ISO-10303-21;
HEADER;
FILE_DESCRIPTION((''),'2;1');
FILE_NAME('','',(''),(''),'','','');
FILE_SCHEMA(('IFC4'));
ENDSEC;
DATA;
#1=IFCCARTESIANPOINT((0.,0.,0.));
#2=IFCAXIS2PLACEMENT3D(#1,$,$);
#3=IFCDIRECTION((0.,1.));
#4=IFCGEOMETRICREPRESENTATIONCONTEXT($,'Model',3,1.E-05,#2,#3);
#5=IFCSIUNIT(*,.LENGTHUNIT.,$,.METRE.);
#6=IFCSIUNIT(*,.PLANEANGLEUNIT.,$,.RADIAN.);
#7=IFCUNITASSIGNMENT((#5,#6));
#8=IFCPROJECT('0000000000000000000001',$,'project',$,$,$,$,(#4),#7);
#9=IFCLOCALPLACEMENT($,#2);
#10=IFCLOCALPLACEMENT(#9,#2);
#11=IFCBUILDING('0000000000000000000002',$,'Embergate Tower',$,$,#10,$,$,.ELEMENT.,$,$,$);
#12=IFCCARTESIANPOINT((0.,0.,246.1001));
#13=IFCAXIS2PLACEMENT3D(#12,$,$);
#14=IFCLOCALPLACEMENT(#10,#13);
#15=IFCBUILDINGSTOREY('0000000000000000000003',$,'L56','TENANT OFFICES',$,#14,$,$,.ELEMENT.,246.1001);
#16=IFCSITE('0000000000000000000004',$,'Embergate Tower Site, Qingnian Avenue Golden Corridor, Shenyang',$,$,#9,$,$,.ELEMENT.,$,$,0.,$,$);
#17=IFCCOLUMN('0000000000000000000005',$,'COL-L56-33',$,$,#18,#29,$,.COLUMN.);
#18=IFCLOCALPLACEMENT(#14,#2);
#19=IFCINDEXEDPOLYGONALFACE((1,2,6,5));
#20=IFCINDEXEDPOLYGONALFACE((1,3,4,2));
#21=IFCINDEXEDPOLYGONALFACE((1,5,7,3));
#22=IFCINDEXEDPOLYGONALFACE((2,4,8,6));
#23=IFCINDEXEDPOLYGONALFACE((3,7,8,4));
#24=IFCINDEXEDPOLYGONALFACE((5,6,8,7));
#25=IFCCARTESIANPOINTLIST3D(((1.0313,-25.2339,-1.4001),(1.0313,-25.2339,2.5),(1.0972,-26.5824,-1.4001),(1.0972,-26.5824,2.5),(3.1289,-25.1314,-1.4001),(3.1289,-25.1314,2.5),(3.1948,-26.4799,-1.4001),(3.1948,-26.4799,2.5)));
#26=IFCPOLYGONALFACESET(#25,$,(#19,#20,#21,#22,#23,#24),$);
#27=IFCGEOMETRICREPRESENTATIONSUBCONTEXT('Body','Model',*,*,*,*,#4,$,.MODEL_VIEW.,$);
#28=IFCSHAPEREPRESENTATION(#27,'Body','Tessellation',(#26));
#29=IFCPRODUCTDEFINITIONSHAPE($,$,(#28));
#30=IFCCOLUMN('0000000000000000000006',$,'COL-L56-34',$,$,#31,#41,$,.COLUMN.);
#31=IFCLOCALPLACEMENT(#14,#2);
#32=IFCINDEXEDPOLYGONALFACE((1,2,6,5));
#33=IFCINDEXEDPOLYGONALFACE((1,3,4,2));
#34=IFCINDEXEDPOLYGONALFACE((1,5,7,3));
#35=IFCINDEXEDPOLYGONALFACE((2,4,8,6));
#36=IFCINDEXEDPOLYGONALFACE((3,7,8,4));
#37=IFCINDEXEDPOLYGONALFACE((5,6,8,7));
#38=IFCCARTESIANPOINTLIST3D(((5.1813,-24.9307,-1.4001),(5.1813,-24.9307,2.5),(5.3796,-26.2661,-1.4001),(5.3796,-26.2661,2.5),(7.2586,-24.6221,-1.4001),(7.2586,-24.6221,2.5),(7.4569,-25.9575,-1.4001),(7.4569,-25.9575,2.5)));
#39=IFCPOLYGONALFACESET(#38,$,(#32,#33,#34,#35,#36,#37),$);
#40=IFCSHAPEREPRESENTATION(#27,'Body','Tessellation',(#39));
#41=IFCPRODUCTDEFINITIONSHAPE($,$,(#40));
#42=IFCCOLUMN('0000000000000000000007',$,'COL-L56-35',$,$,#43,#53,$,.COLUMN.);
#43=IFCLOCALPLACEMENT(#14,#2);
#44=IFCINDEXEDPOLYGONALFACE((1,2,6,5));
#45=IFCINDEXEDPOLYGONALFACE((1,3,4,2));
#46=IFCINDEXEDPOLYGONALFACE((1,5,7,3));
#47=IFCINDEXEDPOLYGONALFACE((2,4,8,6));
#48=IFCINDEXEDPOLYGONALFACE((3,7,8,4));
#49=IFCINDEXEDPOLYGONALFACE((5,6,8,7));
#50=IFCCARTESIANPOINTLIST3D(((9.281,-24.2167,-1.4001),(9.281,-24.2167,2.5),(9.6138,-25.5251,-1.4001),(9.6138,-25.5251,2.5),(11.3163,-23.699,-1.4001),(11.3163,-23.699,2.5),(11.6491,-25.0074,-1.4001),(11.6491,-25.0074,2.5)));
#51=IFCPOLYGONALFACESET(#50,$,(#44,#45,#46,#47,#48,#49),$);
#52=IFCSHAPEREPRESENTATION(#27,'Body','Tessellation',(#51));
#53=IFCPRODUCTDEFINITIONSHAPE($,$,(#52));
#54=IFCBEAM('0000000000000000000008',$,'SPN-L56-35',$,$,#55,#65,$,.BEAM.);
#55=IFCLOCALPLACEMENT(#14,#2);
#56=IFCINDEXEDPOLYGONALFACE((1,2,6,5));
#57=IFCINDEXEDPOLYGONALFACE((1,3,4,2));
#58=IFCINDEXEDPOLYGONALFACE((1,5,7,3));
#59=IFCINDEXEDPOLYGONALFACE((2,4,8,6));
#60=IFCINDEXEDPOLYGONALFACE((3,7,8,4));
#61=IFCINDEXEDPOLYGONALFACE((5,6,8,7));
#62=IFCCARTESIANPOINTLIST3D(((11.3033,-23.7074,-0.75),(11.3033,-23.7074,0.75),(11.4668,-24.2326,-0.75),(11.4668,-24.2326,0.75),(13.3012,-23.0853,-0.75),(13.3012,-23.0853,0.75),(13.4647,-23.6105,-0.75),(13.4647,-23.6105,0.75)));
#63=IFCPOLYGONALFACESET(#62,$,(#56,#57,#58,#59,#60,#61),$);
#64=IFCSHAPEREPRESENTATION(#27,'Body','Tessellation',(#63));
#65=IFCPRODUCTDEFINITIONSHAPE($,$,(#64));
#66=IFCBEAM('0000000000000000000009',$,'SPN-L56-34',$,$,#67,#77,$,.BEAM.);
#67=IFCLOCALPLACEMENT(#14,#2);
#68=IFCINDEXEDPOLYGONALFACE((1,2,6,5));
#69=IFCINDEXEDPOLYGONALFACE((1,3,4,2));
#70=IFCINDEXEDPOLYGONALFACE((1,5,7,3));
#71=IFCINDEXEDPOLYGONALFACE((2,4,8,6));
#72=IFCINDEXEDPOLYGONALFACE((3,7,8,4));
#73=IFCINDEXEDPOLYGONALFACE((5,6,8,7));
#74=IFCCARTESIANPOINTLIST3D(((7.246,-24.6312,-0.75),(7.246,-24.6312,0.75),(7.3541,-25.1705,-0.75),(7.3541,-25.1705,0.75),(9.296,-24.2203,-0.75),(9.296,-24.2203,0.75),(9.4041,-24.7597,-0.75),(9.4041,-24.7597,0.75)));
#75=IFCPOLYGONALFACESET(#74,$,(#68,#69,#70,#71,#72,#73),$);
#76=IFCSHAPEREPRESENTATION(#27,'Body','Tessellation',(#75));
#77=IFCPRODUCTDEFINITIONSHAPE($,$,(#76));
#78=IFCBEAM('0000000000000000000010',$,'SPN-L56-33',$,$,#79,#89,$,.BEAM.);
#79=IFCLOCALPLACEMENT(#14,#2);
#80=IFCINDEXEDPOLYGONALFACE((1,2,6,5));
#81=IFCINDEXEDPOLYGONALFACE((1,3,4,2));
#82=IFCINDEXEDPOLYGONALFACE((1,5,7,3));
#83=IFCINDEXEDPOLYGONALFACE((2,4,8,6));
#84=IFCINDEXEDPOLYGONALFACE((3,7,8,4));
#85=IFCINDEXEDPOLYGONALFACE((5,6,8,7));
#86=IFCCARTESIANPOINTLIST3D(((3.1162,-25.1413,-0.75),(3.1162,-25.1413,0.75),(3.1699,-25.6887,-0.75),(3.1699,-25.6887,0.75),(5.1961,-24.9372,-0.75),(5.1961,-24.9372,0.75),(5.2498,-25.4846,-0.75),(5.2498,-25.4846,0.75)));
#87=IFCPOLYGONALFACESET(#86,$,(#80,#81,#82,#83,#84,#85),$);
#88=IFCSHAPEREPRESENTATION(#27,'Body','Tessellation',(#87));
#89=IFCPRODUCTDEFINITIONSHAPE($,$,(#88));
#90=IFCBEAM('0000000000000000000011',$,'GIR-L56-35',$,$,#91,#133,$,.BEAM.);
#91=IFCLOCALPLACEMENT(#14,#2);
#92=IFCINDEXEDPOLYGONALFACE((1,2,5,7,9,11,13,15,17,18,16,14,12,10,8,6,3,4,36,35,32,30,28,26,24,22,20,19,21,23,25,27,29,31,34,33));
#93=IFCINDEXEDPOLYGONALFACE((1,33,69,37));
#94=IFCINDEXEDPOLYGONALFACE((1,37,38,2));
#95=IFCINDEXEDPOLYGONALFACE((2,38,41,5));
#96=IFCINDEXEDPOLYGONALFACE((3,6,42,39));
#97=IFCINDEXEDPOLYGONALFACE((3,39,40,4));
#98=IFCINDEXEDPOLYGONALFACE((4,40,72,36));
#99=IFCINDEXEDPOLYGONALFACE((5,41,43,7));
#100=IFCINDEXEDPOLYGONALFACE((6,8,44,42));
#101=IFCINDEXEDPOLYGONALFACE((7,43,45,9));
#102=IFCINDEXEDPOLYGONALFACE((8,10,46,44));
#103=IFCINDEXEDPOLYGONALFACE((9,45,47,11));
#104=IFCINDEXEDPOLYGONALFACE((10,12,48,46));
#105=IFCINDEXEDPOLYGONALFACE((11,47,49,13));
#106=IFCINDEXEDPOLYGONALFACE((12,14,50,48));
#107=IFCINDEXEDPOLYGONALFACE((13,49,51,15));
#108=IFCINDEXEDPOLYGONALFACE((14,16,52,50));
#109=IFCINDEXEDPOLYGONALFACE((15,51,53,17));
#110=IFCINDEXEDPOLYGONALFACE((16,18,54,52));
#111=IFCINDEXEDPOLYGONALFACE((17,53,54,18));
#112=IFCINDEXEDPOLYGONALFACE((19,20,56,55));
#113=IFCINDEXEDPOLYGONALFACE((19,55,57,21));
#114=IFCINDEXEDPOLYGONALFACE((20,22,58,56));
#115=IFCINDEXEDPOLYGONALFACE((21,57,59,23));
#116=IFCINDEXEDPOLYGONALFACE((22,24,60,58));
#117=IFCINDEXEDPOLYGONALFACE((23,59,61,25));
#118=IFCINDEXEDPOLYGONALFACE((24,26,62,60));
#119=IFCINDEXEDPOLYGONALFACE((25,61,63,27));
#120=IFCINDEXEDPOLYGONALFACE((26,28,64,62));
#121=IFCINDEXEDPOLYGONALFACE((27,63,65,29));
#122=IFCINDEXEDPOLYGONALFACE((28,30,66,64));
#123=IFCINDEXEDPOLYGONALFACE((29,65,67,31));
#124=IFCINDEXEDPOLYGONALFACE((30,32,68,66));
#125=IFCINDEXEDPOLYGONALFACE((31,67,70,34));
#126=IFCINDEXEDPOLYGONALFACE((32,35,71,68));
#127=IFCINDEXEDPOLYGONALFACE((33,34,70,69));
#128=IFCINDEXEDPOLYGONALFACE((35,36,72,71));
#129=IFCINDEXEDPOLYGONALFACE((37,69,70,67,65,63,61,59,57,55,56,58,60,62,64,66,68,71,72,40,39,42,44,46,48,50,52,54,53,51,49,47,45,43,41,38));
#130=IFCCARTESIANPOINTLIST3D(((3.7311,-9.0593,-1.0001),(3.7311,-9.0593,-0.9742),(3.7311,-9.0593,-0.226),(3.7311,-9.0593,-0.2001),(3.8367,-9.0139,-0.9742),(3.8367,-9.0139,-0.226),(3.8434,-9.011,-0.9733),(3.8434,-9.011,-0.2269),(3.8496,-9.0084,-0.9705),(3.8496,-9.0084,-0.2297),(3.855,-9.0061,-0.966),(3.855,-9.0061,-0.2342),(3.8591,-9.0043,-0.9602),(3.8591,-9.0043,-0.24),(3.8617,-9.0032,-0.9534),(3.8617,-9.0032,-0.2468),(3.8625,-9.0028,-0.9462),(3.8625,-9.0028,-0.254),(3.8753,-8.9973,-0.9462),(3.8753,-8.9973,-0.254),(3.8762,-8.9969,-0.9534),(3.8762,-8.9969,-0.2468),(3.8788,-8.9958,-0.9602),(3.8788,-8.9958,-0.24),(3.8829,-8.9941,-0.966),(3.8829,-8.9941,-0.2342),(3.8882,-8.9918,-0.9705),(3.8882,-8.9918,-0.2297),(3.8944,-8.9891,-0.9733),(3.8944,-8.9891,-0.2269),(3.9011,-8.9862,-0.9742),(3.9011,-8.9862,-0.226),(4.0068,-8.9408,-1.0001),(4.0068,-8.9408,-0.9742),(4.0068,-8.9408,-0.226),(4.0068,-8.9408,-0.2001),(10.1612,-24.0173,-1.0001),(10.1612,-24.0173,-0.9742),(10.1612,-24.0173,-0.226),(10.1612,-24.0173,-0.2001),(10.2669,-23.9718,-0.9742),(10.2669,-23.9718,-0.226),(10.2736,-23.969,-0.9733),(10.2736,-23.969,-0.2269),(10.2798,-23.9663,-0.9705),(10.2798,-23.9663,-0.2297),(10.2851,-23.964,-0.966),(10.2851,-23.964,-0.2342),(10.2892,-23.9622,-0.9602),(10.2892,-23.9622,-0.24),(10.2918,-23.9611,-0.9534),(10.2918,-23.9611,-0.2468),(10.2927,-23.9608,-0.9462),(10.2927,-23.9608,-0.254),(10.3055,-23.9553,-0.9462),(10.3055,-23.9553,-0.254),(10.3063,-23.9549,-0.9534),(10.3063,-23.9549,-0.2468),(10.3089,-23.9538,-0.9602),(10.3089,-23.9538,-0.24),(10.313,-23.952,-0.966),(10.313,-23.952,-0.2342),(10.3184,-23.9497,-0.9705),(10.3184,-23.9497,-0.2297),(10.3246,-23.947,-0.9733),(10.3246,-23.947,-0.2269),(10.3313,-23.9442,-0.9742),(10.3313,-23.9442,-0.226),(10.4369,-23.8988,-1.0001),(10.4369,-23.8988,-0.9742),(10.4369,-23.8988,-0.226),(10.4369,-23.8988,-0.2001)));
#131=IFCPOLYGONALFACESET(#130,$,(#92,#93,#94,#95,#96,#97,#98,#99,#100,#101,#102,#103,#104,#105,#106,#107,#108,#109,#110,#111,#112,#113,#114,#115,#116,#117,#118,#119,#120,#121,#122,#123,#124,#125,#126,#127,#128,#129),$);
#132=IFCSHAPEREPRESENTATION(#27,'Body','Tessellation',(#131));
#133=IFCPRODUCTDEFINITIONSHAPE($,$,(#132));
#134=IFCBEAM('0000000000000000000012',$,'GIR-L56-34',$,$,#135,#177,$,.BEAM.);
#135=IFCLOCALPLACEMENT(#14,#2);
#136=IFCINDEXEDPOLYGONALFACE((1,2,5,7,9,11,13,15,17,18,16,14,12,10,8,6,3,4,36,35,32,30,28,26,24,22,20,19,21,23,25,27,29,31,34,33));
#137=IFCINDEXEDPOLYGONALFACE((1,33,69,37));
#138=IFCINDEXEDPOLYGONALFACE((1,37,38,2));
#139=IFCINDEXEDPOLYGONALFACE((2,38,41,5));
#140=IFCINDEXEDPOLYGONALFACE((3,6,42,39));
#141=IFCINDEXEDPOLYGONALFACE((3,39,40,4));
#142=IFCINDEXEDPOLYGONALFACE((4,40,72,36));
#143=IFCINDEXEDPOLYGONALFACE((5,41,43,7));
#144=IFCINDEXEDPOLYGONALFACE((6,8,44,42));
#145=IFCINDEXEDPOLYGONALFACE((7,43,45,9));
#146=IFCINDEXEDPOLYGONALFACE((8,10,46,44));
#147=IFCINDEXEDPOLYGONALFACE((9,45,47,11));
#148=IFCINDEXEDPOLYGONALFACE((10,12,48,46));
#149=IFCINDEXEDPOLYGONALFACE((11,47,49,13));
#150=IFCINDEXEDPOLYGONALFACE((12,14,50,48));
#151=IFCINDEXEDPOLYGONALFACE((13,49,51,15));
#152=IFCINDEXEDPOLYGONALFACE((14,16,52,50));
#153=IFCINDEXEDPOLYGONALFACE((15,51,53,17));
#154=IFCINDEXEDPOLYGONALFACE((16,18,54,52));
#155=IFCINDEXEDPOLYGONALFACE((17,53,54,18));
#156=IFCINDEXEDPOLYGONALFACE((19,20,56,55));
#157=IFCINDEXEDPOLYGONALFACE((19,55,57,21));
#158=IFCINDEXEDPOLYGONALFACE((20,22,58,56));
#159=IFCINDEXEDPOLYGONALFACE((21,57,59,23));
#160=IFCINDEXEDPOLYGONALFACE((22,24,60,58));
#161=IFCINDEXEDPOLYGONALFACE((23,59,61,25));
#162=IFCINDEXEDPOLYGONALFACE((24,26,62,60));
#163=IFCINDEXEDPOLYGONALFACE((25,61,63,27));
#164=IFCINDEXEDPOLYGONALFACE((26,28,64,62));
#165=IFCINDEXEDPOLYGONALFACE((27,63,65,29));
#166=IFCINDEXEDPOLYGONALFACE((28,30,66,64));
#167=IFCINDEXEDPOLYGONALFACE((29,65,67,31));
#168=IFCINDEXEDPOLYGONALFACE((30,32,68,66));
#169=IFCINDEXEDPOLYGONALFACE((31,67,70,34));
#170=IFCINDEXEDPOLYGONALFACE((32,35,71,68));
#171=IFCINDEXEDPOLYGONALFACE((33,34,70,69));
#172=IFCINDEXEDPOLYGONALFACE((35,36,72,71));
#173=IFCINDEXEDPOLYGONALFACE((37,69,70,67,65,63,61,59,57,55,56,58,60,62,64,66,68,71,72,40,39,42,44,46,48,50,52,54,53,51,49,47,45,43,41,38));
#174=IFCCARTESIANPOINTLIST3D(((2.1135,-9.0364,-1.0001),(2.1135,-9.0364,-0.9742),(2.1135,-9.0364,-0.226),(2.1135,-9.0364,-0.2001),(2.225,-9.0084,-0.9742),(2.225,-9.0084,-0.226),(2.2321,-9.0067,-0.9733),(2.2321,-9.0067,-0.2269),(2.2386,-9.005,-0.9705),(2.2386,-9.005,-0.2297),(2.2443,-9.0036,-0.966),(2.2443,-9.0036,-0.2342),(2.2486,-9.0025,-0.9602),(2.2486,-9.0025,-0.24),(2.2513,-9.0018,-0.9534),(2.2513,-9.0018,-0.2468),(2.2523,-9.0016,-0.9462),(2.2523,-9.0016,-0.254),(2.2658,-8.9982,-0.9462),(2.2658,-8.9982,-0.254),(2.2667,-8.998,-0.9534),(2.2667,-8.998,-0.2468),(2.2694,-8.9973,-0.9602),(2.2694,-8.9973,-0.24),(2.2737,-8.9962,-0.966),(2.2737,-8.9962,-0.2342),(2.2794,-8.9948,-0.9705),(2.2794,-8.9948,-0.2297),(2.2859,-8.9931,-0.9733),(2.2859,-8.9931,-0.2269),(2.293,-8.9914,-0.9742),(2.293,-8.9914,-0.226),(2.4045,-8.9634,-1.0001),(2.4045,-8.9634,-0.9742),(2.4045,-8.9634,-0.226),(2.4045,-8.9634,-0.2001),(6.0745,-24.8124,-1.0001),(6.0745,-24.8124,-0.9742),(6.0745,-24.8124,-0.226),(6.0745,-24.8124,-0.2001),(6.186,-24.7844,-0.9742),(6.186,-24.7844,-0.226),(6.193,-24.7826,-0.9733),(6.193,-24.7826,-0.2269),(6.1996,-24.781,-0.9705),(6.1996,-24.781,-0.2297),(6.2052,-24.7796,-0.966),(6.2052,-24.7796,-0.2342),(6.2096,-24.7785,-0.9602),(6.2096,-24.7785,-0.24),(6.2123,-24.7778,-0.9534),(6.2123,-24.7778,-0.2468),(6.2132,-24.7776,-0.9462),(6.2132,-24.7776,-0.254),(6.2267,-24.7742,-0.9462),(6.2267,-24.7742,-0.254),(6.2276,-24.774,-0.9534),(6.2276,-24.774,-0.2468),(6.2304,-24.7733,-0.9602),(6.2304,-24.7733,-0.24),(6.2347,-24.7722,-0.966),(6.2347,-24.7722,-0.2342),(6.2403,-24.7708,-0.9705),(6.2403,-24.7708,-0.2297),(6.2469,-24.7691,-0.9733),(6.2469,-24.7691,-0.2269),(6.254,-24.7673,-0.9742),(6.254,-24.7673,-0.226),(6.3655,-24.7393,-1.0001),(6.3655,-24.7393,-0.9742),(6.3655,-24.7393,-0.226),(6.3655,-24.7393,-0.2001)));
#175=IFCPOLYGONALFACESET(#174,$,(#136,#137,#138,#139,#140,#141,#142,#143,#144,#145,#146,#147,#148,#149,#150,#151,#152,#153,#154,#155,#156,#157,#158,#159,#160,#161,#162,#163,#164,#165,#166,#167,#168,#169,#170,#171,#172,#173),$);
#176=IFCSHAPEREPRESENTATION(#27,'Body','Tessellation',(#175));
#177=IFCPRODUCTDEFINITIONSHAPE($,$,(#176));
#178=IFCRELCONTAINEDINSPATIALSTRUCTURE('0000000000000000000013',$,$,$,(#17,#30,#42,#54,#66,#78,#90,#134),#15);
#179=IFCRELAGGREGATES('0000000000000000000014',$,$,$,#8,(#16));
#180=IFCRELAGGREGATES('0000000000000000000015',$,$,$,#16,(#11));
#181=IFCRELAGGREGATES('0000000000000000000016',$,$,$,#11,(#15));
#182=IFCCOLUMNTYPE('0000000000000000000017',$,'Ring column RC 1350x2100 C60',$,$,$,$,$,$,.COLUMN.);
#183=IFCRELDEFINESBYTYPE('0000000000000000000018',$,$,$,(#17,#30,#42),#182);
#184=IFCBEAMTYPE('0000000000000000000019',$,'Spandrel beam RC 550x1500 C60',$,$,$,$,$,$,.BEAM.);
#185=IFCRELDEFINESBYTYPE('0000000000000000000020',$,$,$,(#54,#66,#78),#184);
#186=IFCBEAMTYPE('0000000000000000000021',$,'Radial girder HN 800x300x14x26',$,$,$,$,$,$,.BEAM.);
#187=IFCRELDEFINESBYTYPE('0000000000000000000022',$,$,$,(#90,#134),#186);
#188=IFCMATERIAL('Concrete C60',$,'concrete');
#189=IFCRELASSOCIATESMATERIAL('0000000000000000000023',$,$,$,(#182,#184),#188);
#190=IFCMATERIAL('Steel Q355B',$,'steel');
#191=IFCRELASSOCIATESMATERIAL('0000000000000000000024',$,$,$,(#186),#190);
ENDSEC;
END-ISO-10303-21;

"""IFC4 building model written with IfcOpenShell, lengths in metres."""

from ifc_helpers import new_model, si_unit, direction, frame, origin, origin_2d, place, context, subcontext, project, spatial, rectangle, i_section, extrude, source, transform, mapped, material, material_profile, profile_set, type_object, element, save


model = new_model("IFC4")

# Units and contexts
model_context = context("Model", 3, precision=1e-05, world=origin(), true_north=direction((0.0, 1.0)))
body_context = subcontext(model_context, "Body", "Model", "MODEL_VIEW")
ifc_project = project(units=[si_unit("LENGTHUNIT", "METRE"), si_unit("PLANEANGLEUNIT", "RADIAN")], contexts=[model_context])

# Site, building, storey
site_placement = place(None, origin())
site = spatial("IfcSite", under=ifc_project, at=site_placement, Name="Embergate Tower Site, Qingnian Avenue Golden Corridor, Shenyang", CompositionType="ELEMENT", RefElevation=0.0)
building_placement = place(site_placement, origin())
building = spatial("IfcBuilding", under=site, at=building_placement, Name="Embergate Tower", CompositionType="ELEMENT")
storey_placement = place(building_placement, frame((0.0, 0.0, 246.1001)))
storey = spatial("IfcBuildingStorey", under=building, at=storey_placement, Name="L56", Description="TENANT OFFICES", CompositionType="ELEMENT", Elevation=246.1001)

# Columns
ifc_material_1 = material(Name="Concrete C60", Category="concrete")
ifc_material_profile_1 = material_profile(ifc_material_1, rectangle(XDim=1.3501, YDim=2.1001, at=origin_2d()), Name="RC 1350x2100")
ifc_profile_set_1 = profile_set([ifc_material_profile_1], Name="Concrete C60")
column_type = type_object("IfcColumnType", Name="Ring column RC 1350x2100 C60", PredefinedType="COLUMN", material=ifc_profile_set_1)
shared_shape_1 = source(origin(), body_context, "Body", "SweptSolid", [
    extrude(rectangle(XDim=1.3501, YDim=2.1001, at=origin_2d()), origin(), (0.0, 0.0, 1.0), 3.9001),
])
for number, where, z_axis, x_axis, name in (
    (1, (2.113, -25.8569, -1.4001), (0.0, 0.0, 1.0), (0.048815, -0.998808, 0.0), "COL-L56-33"),
    (2, (6.3191, -25.4441, -1.4001), (0.0, 0.0, 1.0), (0.146929, -0.989147, 0.0), "COL-L56-34"),
    (3, (10.4651, -24.6121, -1.4001), (0.0, 0.0, 1.0), (0.246509, -0.969141, 0.0), "COL-L56-35"),
):
    element("IfcColumn", number, at=place(storey_placement, frame(where, z_axis=z_axis, x_axis=x_axis)), inside=storey, type_object=column_type, Name=name, PredefinedType="COLUMN", context=body_context, shape_type="MappedRepresentation", body=[
        mapped(shared_shape_1, transform((0.0, 0.0, 0.0))),
    ])

# Beams
ifc_material_profile_2 = material_profile(ifc_material_1, rectangle(XDim=0.55, YDim=1.5, at=origin_2d()), Name="RC 550x1500")
ifc_profile_set_2 = profile_set([ifc_material_profile_2], Name="Concrete C60")
beam_type_1 = type_object("IfcBeamType", Name="Spandrel beam RC 550x1500 C60", PredefinedType="BEAM", material=ifc_profile_set_2)
shared_shape_2 = source(origin(), body_context, "Body", "SweptSolid", [
    extrude(rectangle(XDim=0.55, YDim=1.5, at=origin_2d()), origin(), (0.0, 0.0, 1.0), 2.0925),
])
beam_1_placement = place(storey_placement, frame((11.385, -23.97, 0.0), z_axis=(0.954795, 0.297265, 0.0), x_axis=(-0.297265, 0.954795, 0.0)))
element("IfcBeam", 4, at=beam_1_placement, inside=storey, type_object=beam_type_1, Name="SPN-L56-35", PredefinedType="BEAM", context=body_context, shape_type="MappedRepresentation", body=[
    mapped(shared_shape_2, transform((0.0, 0.0, 0.0))),
])
shared_shape_3 = source(origin(), body_context, "Body", "SweptSolid", [
    extrude(rectangle(XDim=0.55, YDim=1.5, at=origin_2d()), origin(), (0.0, 0.0, 1.0), 2.0908),
])
beam_2_placement = place(storey_placement, frame((7.3, -24.9009, 0.0), z_axis=(0.9805, 0.19652, 0.0), x_axis=(-0.19652, 0.9805, 0.0)))
element("IfcBeam", 5, at=beam_2_placement, inside=storey, type_object=beam_type_1, Name="SPN-L56-34", PredefinedType="BEAM", context=body_context, shape_type="MappedRepresentation", body=[
    mapped(shared_shape_3, transform((0.0, 0.0, 0.0))),
])
shared_shape_4 = source(origin(), body_context, "Body", "SweptSolid", [
    extrude(rectangle(XDim=0.55, YDim=1.5, at=origin_2d()), origin(), (0.0, 0.0, 1.0), 2.0898),
])
beam_3_placement = place(storey_placement, frame((3.1431, -25.415, 0.0), z_axis=(0.995219, 0.097664, 0.0), x_axis=(-0.097664, 0.995219, 0.0)))
element("IfcBeam", 6, at=beam_3_placement, inside=storey, type_object=beam_type_1, Name="SPN-L56-33", PredefinedType="BEAM", context=body_context, shape_type="MappedRepresentation", body=[
    mapped(shared_shape_4, transform((0.0, 0.0, 0.0))),
])
ifc_material_2 = material(Name="Steel Q355B", Category="steel")
ifc_material_profile_3 = material_profile(ifc_material_2, i_section(OverallWidth=0.3, OverallDepth=0.8, WebThickness=0.0139, FlangeThickness=0.0259, FilletRadius=0.0281, at=origin_2d()), Name="HN 800x300x14x26")
ifc_profile_set_3 = profile_set([ifc_material_profile_3], Name="Steel Q355 grade B")
beam_type_2 = type_object("IfcBeamType", Name="Radial girder HN 800x300x14x26", PredefinedType="BEAM", material=ifc_profile_set_3)
shared_shape_5 = source(origin(), body_context, "Body", "SweptSolid", [
    extrude(i_section(OverallWidth=0.3, OverallDepth=0.8, WebThickness=0.0139, FlangeThickness=0.0259, FilletRadius=0.0281, at=origin_2d()), origin(), (0.0, 0.0, 1.0), 16.2815),
])
beam_4_placement = place(storey_placement, frame((10.2991, -23.958, -0.6001), z_axis=(-0.394936, 0.918709, 0.0), x_axis=(-0.918709, -0.394936, 0.0)))
element("IfcBeam", 7, at=beam_4_placement, inside=storey, type_object=beam_type_2, Name="GIR-L56-35", PredefinedType="BEAM", context=body_context, shape_type="MappedRepresentation", body=[
    mapped(shared_shape_5, transform((0.0, 0.0, 0.0))),
])
shared_shape_6 = source(origin(), body_context, "Body", "SweptSolid", [
    extrude(i_section(OverallWidth=0.3, OverallDepth=0.8, WebThickness=0.0139, FlangeThickness=0.0259, FilletRadius=0.0281, at=origin_2d()), origin(), (0.0, 0.0, 1.0), 16.2656),
])
beam_5_placement = place(storey_placement, frame((6.22, -24.7759, -0.6001), z_axis=(-0.243517, 0.969897, 0.0), x_axis=(-0.969897, -0.243517, 0.0)))
element("IfcBeam", 8, at=beam_5_placement, inside=storey, type_object=beam_type_2, Name="GIR-L56-34", PredefinedType="BEAM", context=body_context, shape_type="MappedRepresentation", body=[
    mapped(shared_shape_6, transform((0.0, 0.0, 0.0))),
])

save(model, "model.ifc")
